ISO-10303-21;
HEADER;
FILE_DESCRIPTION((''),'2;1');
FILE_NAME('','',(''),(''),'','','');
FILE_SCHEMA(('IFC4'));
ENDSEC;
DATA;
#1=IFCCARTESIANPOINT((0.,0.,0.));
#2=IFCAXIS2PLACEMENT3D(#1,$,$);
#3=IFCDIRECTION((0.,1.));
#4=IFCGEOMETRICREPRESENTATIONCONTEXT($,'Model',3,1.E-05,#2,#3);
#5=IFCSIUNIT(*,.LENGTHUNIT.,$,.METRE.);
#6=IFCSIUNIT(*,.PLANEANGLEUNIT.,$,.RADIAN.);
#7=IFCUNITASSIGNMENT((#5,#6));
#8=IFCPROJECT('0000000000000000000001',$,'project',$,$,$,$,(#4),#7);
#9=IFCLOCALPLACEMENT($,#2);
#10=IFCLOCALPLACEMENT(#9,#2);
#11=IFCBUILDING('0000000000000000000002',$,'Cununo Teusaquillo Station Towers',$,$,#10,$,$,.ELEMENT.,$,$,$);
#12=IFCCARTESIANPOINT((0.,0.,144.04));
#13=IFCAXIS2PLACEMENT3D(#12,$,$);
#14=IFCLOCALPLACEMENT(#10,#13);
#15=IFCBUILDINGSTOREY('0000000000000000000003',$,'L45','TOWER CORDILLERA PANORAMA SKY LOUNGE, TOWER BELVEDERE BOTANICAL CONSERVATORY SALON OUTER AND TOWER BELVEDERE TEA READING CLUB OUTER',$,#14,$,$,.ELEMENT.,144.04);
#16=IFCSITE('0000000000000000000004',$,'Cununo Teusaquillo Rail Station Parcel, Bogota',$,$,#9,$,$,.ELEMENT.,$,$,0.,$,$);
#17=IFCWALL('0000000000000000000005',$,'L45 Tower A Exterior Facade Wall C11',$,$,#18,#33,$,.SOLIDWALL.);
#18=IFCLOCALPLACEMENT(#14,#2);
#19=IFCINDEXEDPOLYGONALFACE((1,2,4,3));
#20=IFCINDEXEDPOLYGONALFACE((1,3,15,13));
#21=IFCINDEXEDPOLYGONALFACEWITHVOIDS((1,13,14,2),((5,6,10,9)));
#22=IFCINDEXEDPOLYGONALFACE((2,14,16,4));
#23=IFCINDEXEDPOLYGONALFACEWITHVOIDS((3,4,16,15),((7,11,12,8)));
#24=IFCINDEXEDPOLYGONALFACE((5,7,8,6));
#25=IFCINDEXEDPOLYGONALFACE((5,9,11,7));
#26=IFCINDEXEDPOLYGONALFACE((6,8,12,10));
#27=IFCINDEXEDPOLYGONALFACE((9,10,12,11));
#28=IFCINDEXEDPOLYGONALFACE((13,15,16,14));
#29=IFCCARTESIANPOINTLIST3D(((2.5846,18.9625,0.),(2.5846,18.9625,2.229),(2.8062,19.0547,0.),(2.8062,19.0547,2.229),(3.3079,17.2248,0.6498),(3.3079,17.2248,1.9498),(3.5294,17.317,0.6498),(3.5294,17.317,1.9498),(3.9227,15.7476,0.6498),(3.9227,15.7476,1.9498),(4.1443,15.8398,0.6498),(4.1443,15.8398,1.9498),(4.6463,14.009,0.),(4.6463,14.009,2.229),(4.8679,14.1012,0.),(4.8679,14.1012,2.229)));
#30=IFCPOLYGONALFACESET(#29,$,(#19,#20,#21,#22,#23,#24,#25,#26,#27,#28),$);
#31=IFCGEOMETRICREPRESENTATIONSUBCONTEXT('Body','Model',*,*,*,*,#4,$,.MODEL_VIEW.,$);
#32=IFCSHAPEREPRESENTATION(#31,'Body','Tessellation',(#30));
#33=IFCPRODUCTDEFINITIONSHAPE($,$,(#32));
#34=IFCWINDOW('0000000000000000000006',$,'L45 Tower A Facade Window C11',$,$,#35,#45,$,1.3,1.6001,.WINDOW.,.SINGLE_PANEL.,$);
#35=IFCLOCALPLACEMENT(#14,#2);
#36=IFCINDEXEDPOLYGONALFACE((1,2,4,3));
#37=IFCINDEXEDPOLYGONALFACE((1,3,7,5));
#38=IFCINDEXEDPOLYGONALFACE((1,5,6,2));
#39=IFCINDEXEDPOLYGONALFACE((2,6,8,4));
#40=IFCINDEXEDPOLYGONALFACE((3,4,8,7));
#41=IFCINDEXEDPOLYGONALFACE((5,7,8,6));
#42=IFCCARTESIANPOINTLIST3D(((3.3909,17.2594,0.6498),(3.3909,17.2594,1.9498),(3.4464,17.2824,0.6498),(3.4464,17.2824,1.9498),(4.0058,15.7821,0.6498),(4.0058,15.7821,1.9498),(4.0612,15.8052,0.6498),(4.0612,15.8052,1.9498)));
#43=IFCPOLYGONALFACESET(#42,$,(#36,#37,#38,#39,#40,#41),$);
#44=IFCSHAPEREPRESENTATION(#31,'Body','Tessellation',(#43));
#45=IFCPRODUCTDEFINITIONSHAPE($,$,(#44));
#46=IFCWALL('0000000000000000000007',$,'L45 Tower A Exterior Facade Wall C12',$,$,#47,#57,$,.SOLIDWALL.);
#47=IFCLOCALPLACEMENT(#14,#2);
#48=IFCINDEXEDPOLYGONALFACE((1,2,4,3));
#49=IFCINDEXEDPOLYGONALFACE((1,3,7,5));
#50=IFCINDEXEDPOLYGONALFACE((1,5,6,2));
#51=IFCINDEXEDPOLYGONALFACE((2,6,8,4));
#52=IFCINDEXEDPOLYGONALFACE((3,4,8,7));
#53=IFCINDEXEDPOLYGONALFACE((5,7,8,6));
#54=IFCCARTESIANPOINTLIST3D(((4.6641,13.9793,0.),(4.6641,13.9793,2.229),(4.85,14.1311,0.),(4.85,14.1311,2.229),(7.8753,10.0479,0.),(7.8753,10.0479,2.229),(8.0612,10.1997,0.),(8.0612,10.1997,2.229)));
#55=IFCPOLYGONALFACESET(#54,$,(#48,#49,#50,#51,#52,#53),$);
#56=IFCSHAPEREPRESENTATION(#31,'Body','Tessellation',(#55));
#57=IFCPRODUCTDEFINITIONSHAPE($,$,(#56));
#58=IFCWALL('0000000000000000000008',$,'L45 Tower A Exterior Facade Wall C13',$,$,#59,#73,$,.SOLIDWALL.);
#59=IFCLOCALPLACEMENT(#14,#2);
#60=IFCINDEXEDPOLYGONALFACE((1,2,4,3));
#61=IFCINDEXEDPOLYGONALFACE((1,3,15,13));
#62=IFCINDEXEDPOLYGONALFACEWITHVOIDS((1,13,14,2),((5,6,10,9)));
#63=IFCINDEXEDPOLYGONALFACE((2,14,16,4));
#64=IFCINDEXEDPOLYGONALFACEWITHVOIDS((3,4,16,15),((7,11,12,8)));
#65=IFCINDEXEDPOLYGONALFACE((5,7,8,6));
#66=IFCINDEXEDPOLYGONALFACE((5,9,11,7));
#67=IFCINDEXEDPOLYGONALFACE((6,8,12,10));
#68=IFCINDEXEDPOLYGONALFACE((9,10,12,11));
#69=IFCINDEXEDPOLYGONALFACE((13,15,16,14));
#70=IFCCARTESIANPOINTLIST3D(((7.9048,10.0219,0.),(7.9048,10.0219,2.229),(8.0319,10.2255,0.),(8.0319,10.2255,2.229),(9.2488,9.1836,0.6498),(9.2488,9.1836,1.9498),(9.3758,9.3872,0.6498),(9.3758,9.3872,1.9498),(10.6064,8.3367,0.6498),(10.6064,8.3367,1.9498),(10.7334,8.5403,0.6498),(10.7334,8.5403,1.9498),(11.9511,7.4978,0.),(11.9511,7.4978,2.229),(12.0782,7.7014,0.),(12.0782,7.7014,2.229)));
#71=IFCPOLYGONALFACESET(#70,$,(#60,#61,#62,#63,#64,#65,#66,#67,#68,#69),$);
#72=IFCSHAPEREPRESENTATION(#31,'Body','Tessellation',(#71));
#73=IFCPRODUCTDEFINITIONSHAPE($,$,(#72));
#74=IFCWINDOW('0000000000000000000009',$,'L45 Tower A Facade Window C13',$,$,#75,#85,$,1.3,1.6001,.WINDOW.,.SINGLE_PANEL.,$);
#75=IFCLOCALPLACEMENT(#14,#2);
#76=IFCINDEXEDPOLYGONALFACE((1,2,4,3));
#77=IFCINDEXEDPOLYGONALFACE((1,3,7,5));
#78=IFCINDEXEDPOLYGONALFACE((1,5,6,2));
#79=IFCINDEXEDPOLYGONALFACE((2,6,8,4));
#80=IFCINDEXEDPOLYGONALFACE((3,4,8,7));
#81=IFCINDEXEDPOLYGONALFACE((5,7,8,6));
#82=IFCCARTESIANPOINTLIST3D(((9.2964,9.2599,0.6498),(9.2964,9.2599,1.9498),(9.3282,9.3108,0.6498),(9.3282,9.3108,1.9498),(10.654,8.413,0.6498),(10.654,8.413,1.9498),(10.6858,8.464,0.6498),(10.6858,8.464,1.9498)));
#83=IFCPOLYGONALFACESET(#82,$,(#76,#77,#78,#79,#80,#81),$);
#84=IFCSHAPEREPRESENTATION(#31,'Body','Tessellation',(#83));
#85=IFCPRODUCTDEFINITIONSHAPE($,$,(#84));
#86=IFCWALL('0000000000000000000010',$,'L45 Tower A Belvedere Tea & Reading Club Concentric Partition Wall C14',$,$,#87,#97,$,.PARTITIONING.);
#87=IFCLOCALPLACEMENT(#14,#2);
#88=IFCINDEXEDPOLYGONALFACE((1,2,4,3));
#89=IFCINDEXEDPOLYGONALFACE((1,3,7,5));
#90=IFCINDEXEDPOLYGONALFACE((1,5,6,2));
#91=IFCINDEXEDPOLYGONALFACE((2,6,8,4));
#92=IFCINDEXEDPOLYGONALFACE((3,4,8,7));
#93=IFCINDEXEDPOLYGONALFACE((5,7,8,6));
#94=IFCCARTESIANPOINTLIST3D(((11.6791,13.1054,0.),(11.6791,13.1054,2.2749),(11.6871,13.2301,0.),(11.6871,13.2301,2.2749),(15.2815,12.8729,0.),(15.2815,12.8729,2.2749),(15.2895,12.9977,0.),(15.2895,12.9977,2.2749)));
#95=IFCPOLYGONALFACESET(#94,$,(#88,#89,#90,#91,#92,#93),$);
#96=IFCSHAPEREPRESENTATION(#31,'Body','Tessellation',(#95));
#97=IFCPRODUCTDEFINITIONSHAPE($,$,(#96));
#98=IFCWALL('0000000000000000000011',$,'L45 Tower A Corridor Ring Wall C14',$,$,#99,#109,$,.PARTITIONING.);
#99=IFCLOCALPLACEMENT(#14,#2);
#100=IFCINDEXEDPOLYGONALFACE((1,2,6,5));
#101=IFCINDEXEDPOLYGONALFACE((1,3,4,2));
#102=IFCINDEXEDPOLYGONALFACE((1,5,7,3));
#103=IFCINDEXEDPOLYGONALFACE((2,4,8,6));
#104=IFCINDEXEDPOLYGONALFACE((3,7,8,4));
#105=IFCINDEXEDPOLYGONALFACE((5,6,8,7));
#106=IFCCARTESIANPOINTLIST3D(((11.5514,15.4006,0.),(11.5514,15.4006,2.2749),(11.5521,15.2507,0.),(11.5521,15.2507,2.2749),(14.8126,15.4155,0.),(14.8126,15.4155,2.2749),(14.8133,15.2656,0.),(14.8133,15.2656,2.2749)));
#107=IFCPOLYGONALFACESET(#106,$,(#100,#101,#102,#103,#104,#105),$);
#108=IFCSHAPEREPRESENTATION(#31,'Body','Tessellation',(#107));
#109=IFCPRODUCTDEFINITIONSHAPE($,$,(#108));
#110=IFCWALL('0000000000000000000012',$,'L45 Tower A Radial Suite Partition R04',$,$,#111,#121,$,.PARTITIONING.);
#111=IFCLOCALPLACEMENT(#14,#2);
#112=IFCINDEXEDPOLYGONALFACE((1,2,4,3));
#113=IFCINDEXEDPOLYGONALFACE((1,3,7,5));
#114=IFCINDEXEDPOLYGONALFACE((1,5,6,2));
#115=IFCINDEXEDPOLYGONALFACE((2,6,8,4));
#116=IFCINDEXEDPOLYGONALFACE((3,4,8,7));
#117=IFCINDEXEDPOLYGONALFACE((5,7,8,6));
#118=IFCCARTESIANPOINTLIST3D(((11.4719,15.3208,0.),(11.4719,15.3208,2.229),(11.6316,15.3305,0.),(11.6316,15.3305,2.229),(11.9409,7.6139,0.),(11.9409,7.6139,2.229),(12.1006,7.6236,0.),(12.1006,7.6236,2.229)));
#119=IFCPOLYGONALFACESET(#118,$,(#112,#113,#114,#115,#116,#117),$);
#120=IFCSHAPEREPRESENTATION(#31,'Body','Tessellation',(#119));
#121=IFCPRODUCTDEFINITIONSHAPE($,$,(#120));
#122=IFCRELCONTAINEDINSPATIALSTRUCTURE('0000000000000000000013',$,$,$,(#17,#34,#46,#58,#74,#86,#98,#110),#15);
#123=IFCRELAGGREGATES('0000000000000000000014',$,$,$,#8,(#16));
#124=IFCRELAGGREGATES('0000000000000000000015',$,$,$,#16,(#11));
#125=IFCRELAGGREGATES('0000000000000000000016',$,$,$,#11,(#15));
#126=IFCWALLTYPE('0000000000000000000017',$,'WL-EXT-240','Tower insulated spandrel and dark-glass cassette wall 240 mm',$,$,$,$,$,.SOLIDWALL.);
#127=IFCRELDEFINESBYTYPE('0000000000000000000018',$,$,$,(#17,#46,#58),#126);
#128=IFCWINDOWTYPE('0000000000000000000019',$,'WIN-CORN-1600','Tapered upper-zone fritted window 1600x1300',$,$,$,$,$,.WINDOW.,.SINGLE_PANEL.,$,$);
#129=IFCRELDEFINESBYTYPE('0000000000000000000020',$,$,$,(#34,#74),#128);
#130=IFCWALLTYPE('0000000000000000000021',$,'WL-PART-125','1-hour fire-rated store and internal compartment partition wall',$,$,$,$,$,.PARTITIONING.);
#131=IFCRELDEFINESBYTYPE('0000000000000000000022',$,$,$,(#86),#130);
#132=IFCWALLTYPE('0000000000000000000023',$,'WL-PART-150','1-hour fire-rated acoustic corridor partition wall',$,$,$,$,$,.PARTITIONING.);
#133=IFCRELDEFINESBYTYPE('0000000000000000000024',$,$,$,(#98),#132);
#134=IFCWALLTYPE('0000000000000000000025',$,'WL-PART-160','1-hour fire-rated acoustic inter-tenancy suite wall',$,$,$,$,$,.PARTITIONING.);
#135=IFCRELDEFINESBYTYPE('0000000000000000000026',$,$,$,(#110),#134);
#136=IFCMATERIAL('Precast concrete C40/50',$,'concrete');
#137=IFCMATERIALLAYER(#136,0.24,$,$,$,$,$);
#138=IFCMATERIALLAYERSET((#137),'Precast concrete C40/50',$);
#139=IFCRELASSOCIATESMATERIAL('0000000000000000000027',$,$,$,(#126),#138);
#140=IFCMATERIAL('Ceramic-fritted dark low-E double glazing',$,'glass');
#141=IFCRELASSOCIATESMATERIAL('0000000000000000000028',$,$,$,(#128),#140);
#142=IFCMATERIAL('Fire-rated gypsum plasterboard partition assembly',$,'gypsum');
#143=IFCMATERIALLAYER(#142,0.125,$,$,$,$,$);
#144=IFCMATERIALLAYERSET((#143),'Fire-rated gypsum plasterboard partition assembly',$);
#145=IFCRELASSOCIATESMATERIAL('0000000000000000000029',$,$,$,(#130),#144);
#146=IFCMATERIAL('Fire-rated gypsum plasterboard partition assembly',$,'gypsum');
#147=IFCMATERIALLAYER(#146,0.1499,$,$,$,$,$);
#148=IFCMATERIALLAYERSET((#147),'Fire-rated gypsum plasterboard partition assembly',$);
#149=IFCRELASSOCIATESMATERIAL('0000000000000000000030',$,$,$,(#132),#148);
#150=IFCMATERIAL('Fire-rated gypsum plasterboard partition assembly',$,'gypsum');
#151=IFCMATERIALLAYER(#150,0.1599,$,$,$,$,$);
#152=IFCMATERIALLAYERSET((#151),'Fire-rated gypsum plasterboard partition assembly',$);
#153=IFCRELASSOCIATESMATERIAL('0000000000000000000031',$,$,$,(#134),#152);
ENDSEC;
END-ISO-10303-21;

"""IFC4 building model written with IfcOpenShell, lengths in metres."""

from ifc_helpers import new_model, si_unit, direction, frame, frame_2d, origin, place, context, subcontext, project, spatial, rectangle, extrude, source, transform, mapped, material, layer, layer_set, type_object, element, fill, save


model = new_model("IFC4")

# Units and contexts
model_context = context("Model", 3, precision=1e-05, world=origin(), true_north=direction((0.0, 1.0)))
body_context = subcontext(model_context, "Body", "Model", "MODEL_VIEW")
ifc_project = project(units=[si_unit("LENGTHUNIT", "METRE"), si_unit("PLANEANGLEUNIT", "RADIAN")], contexts=[model_context])

# Site, building, storey
site_placement = place(None, origin())
site = spatial("IfcSite", under=ifc_project, at=site_placement, Name="Cununo Teusaquillo Rail Station Parcel, Bogota", CompositionType="ELEMENT", RefElevation=0.0)
building_placement = place(site_placement, origin())
building = spatial("IfcBuilding", under=site, at=building_placement, Name="Cununo Teusaquillo Station Towers", CompositionType="ELEMENT")
storey_placement = place(building_placement, frame((0.0, 0.0, 144.04)))
storey = spatial("IfcBuildingStorey", under=building, at=storey_placement, Name="L45", Description="TOWER CORDILLERA PANORAMA SKY LOUNGE, TOWER BELVEDERE BOTANICAL CONSERVATORY SALON OUTER AND TOWER BELVEDERE TEA READING CLUB OUTER", CompositionType="ELEMENT", Elevation=144.04)

# Wall, opening, window
ifc_material_1 = material(Name="Precast concrete C40/50", Category="concrete")
ifc_layer_1 = layer(ifc_material_1, 0.24)
ifc_layer_set_1 = layer_set([ifc_layer_1], Name="Precast concrete C40/50")
wall_type_1 = type_object("IfcWallType", Name="WL-EXT-240", Description="Tower insulated spandrel and dark-glass cassette wall 240 mm", PredefinedType="SOLIDWALL", material=ifc_layer_set_1)
wall_1_placement = place(storey_placement, frame((4.7571, 14.0552, 0.0), z_axis=(0.0, 0.0, 1.0), x_axis=(-0.38426, 0.923225, 0.0)))
wall_1 = element("IfcWall", 1, at=wall_1_placement, inside=storey, type_object=wall_type_1, Name="L45 Tower A Exterior Facade Wall C11", PredefinedType="SOLIDWALL", context=body_context, shape_type="SweptSolid", body=[
    extrude(rectangle(XDim=5.3655, YDim=0.24, at=frame_2d((2.6826, 0.0))), origin(), (0.0, 0.0, 1.0), 2.229),
])
shared_shape_1 = source(origin(), body_context, "Body", "SweptSolid", [
    extrude(rectangle(XDim=1.6001, YDim=1.3, at=frame_2d((0.8, 0.6499))), frame((0.0, 0.1299, 0.0), z_axis=(0.0, -1.0, 0.0), x_axis=(1.0, 0.0, 0.0)), (0.0, 0.0, 1.0), 0.26),
])
opening_1_placement = place(wall_1_placement, frame((1.8831, 0.0, 0.6499)))
opening_1 = element("IfcOpeningElement", 2, at=opening_1_placement, cuts=wall_1, PredefinedType="OPENING", context=body_context, shape_type="MappedRepresentation", body=[
    mapped(shared_shape_1, transform((0.0, 0.0, 0.0), x_axis=(1.0, 0.0, 0.0), y_axis=(0.0, 1.0, 0.0), z_axis=(0.0, 0.0, 1.0), scale=1.0)),
])
ifc_material_2 = material(Name="Ceramic-fritted dark low-E double glazing", Category="glass")
window_type = type_object("IfcWindowType", Name="WIN-CORN-1600", Description="Tapered upper-zone fritted window 1600x1300", PartitioningType="SINGLE_PANEL", PredefinedType="WINDOW", material=ifc_material_2)
shared_shape_2 = source(origin(), body_context, "Body", "SweptSolid", [
    extrude(rectangle(XDim=1.6001, YDim=1.3, at=frame_2d((0.8, 0.6499))), frame((0.0, 0.03, 0.0), z_axis=(0.0, -1.0, 0.0), x_axis=(1.0, 0.0, 0.0)), (0.0, 0.0, 1.0), 0.0601),
])
window_1_placement = place(opening_1_placement, origin())
window_1 = element("IfcWindow", 3, at=window_1_placement, inside=storey, type_object=window_type, Name="L45 Tower A Facade Window C11", OverallHeight=1.3, OverallWidth=1.6001, PartitioningType="SINGLE_PANEL", PredefinedType="WINDOW", context=body_context, shape_type="MappedRepresentation", body=[
    mapped(shared_shape_2, transform((0.0, 0.0, 0.0), x_axis=(1.0, 0.0, 0.0), y_axis=(0.0, 1.0, 0.0), z_axis=(0.0, 0.0, 1.0), scale=1.0)),
])
fill(opening_1, window_1)

# Wall
wall_2_placement = place(storey_placement, frame((7.9683, 10.1238, 0.0), z_axis=(0.0, 0.0, 1.0), x_axis=(-0.632599, 0.77448, 0.0)))
element("IfcWall", 4, at=wall_2_placement, inside=storey, type_object=wall_type_1, Name="L45 Tower A Exterior Facade Wall C12", PredefinedType="SOLIDWALL", context=body_context, shape_type="SweptSolid", body=[
    extrude(rectangle(XDim=5.0762, YDim=0.24, at=frame_2d((2.5381, 0.0))), origin(), (0.0, 0.0, 1.0), 2.229),
])

# Wall, opening, window
wall_3_placement = place(storey_placement, frame((12.0146, 7.5996, 0.0), z_axis=(0.0, 0.0, 1.0), x_axis=(-0.848452, 0.529272, 0.0)))
wall_3 = element("IfcWall", 5, at=wall_3_placement, inside=storey, type_object=wall_type_1, Name="L45 Tower A Exterior Facade Wall C13", PredefinedType="SOLIDWALL", context=body_context, shape_type="SweptSolid", body=[
    extrude(rectangle(XDim=4.769, YDim=0.24, at=frame_2d((2.3845, 0.0))), origin(), (0.0, 0.0, 1.0), 2.229),
])
opening_2_placement = place(wall_3_placement, frame((1.585, 0.0, 0.6499)))
opening_2 = element("IfcOpeningElement", 6, at=opening_2_placement, cuts=wall_3, PredefinedType="OPENING", context=body_context, shape_type="MappedRepresentation", body=[
    mapped(shared_shape_1, transform((0.0, 0.0, 0.0), x_axis=(1.0, 0.0, 0.0), y_axis=(0.0, 1.0, 0.0), z_axis=(0.0, 0.0, 1.0), scale=1.0)),
])
window_2_placement = place(opening_2_placement, origin())
window_2 = element("IfcWindow", 7, at=window_2_placement, inside=storey, type_object=window_type, Name="L45 Tower A Facade Window C13", OverallHeight=1.3, OverallWidth=1.6001, PartitioningType="SINGLE_PANEL", PredefinedType="WINDOW", context=body_context, shape_type="MappedRepresentation", body=[
    mapped(shared_shape_2, transform((0.0, 0.0, 0.0), x_axis=(1.0, 0.0, 0.0), y_axis=(0.0, 1.0, 0.0), z_axis=(0.0, 0.0, 1.0), scale=1.0)),
])
fill(opening_2, window_2)

# Walls
ifc_material_3 = material(Name="Fire-rated gypsum plasterboard partition assembly", Category="gypsum")
ifc_layer_2 = layer(ifc_material_3, 0.125)
ifc_layer_set_2 = layer_set([ifc_layer_2], Name="Fire-rated gypsum plasterboard partition assembly")
wall_type_2 = type_object("IfcWallType", Name="WL-PART-125", Description="1-hour fire-rated store and internal compartment partition wall", PredefinedType="PARTITIONING", material=ifc_layer_set_2)
wall_4_placement = place(storey_placement, frame((11.6831, 13.1677, 0.0), z_axis=(0.0, 0.0, 1.0), x_axis=(0.997925, -0.064387, 0.0)))
element("IfcWall", 8, at=wall_4_placement, inside=storey, type_object=wall_type_2, Name="L45 Tower A Belvedere Tea & Reading Club Concentric Partition Wall C14", PredefinedType="PARTITIONING", context=body_context, shape_type="SweptSolid", body=[
    extrude(rectangle(XDim=3.6099, YDim=0.125, at=frame_2d((1.8049, 0.0))), origin(), (0.0, 0.0, 1.0), 2.2749),
])
ifc_material_4 = material(Name="Fire-rated gypsum plasterboard partition assembly", Category="gypsum")
ifc_layer_3 = layer(ifc_material_4, 0.1499)
ifc_layer_set_3 = layer_set([ifc_layer_3], Name="Fire-rated gypsum plasterboard partition assembly")
wall_type_3 = type_object("IfcWallType", Name="WL-PART-150", Description="1-hour fire-rated acoustic corridor partition wall", PredefinedType="PARTITIONING", material=ifc_layer_set_3)
wall_5_placement = place(storey_placement, frame((11.5518, 15.3257, 0.0), z_axis=(0.0, 0.0, 1.0), x_axis=(0.99999, 0.004567, 0.0)))
element("IfcWall", 9, at=wall_5_placement, inside=storey, type_object=wall_type_3, Name="L45 Tower A Corridor Ring Wall C14", PredefinedType="PARTITIONING", context=body_context, shape_type="SweptSolid", body=[
    extrude(rectangle(XDim=3.2612, YDim=0.1499, at=frame_2d((1.6306, 0.0))), origin(), (0.0, 0.0, 1.0), 2.2749),
])
ifc_material_5 = material(Name="Fire-rated gypsum plasterboard partition assembly", Category="gypsum")
ifc_layer_4 = layer(ifc_material_5, 0.1599)
ifc_layer_set_4 = layer_set([ifc_layer_4], Name="Fire-rated gypsum plasterboard partition assembly")
wall_type_4 = type_object("IfcWallType", Name="WL-PART-160", Description="1-hour fire-rated acoustic inter-tenancy suite wall", PredefinedType="PARTITIONING", material=ifc_layer_set_4)
wall_6_placement = place(storey_placement, frame((11.5518, 15.3257, 0.0), z_axis=(0.0, 0.0, 1.0), x_axis=(0.06074, -0.998154, 0.0)))
element("IfcWall", 10, at=wall_6_placement, inside=storey, type_object=wall_type_4, Name="L45 Tower A Radial Suite Partition R04", PredefinedType="PARTITIONING", context=body_context, shape_type="SweptSolid", body=[
    extrude(rectangle(XDim=7.7212, YDim=0.1599, at=frame_2d((3.8606, 0.0))), origin(), (0.0, 0.0, 1.0), 2.229),
])

save(model, "model.ifc")
